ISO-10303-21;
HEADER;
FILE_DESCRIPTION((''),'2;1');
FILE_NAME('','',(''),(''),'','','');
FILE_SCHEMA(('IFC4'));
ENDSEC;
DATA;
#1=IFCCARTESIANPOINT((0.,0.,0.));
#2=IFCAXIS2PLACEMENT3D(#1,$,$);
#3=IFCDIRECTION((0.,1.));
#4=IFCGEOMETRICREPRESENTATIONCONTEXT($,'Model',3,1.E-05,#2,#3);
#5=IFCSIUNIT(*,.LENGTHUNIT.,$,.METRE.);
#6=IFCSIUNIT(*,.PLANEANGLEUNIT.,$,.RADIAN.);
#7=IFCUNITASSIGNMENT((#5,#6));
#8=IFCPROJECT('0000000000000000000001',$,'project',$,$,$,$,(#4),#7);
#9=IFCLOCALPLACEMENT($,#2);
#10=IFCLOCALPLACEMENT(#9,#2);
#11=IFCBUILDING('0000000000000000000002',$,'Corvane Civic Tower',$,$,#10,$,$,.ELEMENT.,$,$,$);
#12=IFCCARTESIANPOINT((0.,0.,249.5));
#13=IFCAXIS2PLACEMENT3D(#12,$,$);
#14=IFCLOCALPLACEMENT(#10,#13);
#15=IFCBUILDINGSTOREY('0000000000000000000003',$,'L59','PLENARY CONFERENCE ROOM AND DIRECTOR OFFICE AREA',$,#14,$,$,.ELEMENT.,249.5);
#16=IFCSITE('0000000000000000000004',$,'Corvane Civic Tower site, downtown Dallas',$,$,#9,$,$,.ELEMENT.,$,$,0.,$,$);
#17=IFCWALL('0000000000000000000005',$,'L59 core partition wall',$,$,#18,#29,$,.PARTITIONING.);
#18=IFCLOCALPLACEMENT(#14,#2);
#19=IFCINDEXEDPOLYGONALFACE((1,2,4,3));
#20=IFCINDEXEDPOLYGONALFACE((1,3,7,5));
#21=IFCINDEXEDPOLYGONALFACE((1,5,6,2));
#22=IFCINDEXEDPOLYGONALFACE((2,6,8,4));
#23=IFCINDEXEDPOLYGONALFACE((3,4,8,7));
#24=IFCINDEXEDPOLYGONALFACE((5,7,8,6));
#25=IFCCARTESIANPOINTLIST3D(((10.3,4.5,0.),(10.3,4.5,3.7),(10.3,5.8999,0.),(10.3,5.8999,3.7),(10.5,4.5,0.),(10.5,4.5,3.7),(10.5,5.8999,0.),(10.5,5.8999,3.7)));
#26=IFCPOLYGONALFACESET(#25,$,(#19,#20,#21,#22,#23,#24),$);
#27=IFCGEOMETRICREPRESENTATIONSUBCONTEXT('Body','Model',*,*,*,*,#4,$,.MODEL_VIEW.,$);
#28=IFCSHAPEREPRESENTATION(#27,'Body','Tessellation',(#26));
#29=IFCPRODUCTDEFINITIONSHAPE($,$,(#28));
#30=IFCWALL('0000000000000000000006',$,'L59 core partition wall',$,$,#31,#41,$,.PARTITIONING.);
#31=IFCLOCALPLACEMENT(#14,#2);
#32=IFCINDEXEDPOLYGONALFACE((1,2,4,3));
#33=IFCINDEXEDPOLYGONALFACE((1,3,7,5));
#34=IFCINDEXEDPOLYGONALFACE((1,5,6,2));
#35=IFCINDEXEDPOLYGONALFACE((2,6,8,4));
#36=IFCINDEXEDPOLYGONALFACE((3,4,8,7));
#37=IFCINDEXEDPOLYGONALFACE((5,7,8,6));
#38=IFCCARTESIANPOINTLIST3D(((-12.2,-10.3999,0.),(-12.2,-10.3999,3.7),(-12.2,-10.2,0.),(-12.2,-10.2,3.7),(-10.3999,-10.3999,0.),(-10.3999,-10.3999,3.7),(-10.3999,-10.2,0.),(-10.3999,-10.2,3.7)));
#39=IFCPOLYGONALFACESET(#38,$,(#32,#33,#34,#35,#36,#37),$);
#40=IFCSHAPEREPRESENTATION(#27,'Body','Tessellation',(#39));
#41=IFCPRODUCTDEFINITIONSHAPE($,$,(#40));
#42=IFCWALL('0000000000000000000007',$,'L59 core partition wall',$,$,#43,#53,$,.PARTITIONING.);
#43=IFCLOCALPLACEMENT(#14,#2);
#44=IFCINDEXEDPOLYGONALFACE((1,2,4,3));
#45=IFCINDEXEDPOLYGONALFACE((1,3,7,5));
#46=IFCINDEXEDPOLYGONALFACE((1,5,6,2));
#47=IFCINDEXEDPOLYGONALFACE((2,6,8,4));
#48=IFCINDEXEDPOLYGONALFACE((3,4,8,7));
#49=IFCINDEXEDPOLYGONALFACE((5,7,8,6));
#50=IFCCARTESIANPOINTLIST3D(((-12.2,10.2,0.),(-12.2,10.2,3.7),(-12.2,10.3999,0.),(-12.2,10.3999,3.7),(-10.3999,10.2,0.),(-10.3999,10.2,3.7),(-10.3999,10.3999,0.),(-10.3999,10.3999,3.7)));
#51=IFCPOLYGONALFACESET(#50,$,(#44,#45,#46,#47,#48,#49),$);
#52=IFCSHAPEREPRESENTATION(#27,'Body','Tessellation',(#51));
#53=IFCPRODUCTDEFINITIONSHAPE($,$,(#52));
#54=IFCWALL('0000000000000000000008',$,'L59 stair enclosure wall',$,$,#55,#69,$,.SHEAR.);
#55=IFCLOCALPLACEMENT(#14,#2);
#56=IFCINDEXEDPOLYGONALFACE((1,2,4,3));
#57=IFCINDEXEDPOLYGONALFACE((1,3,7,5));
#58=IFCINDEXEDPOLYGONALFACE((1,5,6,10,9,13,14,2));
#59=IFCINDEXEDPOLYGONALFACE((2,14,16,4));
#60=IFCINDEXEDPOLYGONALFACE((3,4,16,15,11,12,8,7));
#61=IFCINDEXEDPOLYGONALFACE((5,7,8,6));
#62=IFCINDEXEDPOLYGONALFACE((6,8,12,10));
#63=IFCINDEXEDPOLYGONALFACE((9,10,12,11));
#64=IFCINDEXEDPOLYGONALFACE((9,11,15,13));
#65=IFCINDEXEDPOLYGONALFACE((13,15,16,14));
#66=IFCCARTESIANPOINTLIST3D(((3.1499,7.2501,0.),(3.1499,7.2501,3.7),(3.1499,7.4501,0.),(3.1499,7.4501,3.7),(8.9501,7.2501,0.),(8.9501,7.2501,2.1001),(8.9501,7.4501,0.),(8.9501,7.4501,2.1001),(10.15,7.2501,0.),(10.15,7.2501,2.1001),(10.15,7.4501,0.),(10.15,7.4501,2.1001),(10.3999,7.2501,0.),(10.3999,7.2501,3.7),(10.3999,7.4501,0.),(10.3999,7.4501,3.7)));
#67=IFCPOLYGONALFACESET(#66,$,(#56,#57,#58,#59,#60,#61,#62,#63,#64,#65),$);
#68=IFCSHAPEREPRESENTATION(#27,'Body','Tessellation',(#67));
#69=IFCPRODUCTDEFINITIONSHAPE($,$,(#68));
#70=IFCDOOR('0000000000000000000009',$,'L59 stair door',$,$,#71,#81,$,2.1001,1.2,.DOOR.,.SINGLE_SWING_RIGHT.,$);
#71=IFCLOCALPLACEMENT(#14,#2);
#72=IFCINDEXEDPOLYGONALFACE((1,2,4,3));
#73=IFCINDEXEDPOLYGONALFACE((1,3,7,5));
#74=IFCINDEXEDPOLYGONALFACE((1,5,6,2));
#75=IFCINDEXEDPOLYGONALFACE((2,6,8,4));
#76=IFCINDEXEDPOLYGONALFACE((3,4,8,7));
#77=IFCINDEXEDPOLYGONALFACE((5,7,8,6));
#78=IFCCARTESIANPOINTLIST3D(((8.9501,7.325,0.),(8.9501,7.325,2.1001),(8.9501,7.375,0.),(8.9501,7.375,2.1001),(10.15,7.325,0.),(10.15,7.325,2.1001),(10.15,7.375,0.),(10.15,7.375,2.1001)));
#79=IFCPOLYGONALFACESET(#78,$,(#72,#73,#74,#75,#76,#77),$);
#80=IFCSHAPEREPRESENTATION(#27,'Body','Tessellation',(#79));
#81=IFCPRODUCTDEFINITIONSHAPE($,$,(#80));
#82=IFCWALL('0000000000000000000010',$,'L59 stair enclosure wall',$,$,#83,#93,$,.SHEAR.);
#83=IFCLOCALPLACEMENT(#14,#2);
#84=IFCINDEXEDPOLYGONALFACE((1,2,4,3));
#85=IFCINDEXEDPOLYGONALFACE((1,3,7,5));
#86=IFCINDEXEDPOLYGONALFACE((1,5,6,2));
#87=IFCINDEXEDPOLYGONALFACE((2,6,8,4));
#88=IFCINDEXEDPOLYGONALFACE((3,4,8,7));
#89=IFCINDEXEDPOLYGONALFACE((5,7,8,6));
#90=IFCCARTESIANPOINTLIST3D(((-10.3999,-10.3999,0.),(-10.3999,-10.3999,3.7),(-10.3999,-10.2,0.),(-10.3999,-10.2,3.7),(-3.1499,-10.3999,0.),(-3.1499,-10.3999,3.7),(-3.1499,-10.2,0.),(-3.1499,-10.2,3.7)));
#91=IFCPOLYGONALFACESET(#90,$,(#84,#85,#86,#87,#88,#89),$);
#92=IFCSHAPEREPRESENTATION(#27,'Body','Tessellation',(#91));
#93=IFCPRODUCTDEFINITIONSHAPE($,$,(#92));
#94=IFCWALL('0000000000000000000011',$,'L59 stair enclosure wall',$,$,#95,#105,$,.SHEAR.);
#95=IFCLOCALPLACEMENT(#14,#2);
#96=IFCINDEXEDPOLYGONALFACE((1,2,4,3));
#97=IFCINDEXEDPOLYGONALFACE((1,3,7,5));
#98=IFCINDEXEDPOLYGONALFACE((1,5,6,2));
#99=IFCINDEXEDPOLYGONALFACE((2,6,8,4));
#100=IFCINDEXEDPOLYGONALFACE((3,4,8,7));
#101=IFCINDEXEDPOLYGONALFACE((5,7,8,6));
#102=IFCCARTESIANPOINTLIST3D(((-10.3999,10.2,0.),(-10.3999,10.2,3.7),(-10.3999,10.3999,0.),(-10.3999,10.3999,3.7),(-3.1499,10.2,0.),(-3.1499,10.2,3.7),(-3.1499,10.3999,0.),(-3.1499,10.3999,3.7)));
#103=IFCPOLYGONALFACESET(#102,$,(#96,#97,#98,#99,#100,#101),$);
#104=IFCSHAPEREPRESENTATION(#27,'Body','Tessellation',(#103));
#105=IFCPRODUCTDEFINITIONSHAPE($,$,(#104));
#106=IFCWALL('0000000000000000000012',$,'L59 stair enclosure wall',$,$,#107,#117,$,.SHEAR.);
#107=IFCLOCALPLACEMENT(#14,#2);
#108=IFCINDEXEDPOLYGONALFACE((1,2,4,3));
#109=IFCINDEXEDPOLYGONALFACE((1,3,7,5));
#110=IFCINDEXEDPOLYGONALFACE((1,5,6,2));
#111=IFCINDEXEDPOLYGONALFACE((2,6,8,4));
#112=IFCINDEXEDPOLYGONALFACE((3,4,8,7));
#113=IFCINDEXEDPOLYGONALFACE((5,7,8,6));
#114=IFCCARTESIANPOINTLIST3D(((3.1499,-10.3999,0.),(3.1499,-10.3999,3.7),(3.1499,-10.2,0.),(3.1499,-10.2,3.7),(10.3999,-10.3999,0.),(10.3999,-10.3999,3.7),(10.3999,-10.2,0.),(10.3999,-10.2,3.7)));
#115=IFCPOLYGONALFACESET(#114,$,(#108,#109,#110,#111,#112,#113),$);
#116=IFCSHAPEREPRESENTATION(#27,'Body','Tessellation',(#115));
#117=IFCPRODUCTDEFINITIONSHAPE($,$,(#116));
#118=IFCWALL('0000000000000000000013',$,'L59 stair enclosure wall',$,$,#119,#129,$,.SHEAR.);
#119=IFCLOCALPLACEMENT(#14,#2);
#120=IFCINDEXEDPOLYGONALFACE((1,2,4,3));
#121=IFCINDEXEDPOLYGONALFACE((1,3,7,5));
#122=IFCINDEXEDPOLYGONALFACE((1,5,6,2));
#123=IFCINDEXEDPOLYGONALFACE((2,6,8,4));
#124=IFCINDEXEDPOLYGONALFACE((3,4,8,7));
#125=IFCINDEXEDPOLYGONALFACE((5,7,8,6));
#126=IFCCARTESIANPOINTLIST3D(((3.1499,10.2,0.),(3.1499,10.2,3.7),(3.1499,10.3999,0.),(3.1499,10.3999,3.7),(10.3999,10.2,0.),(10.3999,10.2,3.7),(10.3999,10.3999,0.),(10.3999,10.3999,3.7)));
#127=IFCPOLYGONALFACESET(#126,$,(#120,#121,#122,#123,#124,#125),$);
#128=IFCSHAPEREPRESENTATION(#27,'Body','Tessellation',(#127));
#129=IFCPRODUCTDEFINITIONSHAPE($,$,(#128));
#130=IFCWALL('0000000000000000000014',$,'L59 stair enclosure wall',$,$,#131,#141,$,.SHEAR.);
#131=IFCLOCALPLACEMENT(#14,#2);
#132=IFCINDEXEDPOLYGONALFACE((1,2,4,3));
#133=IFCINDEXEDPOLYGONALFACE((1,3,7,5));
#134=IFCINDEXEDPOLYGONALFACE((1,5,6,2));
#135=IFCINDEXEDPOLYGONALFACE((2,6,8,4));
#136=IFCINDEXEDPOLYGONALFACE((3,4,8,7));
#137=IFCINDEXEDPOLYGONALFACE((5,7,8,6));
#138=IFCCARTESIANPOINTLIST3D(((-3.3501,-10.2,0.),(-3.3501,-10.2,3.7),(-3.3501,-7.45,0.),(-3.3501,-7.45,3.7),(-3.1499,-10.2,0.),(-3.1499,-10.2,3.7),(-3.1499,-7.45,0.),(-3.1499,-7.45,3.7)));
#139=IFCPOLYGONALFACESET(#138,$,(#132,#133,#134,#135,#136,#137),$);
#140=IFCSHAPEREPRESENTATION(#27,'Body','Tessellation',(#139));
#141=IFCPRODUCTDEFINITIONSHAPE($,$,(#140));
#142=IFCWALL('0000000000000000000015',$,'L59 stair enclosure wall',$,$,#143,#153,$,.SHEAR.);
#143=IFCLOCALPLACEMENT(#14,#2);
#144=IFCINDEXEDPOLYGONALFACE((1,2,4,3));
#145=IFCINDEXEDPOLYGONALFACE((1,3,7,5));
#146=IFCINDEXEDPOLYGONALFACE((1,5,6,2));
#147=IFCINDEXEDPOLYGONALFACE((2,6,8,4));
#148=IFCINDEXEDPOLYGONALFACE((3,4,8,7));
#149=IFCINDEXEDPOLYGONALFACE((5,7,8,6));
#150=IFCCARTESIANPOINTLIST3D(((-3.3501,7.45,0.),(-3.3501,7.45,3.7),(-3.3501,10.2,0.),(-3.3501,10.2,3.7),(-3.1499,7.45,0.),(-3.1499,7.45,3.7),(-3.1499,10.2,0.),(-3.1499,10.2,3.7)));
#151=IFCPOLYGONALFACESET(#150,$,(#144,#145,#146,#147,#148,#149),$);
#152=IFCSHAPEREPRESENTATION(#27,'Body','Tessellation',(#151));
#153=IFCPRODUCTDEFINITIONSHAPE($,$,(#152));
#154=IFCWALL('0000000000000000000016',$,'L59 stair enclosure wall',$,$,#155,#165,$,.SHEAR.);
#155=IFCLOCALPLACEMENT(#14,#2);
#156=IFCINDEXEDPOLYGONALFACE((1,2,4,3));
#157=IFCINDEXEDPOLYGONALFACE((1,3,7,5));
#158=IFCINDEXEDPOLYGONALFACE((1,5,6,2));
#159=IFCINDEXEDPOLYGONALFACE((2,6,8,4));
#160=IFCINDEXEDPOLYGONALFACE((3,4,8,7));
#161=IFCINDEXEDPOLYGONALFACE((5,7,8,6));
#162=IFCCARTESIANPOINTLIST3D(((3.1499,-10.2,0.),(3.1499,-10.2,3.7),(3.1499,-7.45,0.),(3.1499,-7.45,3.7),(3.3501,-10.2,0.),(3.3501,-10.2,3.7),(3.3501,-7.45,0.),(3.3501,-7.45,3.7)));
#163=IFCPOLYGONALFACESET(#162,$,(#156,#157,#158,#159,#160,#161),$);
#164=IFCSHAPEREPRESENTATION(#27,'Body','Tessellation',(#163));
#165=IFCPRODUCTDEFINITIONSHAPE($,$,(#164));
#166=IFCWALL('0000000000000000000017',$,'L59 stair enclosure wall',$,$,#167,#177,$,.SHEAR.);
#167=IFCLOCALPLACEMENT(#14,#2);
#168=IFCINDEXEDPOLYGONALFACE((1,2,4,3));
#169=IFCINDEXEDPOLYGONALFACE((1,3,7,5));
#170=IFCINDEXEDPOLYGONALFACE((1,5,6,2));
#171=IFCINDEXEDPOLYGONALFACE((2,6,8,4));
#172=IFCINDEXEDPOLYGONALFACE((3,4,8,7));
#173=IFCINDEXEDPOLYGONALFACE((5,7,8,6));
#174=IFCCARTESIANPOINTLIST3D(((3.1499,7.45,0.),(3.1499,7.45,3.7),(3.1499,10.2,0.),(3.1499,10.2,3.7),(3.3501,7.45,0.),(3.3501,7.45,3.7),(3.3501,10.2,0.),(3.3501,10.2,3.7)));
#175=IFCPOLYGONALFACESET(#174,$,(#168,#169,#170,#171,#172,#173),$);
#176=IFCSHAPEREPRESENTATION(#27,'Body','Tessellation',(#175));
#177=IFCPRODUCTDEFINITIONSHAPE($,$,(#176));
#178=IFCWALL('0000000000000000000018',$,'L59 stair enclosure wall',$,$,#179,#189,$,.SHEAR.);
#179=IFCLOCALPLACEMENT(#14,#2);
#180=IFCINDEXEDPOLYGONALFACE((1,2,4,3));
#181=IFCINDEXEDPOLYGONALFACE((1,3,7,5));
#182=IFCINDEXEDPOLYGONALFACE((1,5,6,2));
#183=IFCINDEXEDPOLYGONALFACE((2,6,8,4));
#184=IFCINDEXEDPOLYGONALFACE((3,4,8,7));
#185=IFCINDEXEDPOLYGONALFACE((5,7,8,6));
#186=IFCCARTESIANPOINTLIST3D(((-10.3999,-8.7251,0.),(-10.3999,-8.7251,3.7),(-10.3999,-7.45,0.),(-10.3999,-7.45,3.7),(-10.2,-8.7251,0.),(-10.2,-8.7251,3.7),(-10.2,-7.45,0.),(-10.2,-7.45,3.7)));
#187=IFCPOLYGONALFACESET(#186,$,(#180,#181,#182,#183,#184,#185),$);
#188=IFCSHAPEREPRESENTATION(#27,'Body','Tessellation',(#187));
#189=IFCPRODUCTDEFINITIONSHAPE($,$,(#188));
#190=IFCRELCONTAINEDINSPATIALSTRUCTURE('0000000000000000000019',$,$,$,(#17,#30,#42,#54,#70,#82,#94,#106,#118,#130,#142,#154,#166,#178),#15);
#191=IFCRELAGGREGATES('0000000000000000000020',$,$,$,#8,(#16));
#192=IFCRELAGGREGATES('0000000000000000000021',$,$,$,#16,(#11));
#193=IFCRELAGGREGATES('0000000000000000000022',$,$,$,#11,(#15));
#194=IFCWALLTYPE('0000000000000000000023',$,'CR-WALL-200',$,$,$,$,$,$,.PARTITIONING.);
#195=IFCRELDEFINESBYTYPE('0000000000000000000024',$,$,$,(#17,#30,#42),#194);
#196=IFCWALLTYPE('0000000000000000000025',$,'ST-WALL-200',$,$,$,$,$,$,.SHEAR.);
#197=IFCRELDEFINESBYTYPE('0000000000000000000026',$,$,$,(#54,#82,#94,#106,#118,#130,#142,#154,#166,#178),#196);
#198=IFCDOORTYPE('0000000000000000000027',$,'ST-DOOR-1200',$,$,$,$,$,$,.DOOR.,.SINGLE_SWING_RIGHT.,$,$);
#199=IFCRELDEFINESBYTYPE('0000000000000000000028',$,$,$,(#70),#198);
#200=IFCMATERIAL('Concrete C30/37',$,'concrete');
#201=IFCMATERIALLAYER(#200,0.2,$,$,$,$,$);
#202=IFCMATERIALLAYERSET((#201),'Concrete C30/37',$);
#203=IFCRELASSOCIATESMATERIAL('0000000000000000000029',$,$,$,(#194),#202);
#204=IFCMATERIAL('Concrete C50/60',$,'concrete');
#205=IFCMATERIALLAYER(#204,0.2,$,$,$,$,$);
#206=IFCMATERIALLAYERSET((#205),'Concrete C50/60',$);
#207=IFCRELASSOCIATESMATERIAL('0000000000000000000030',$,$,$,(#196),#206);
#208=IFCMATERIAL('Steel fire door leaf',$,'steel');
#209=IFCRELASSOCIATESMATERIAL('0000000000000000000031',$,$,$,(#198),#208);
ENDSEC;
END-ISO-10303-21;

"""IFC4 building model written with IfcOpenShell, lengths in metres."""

from ifc_helpers import new_model, si_unit, direction, frame, frame_2d, origin, place, context, subcontext, project, spatial, polyline, rectangle, outline, extrude, material, layer, layer_set, type_object, element, fill, save


model = new_model("IFC4")

# Units and contexts
model_context = context("Model", 3, precision=1e-05, world=origin(), true_north=direction((0.0, 1.0)))
body_context = subcontext(model_context, "Body", "Model", "MODEL_VIEW")
ifc_project = project(units=[si_unit("LENGTHUNIT", "METRE"), si_unit("PLANEANGLEUNIT", "RADIAN")], contexts=[model_context])

# Site, building, storey
site_placement = place(None, origin())
site = spatial("IfcSite", under=ifc_project, at=site_placement, Name="Corvane Civic Tower site, downtown Dallas", CompositionType="ELEMENT", RefElevation=0.0)
building_placement = place(site_placement, origin())
building = spatial("IfcBuilding", under=site, at=building_placement, Name="Corvane Civic Tower", CompositionType="ELEMENT")
storey_placement = place(building_placement, frame((0.0, 0.0, 249.5)))
storey = spatial("IfcBuildingStorey", under=building, at=storey_placement, Name="L59", Description="PLENARY CONFERENCE ROOM AND DIRECTOR OFFICE AREA", CompositionType="ELEMENT", Elevation=249.5)

# Walls
ifc_material_1 = material(Name="Concrete C30/37", Category="concrete")
ifc_layer_1 = layer(ifc_material_1, 0.2)
ifc_layer_set_1 = layer_set([ifc_layer_1], Name="Concrete C30/37")
wall_type_1 = type_object("IfcWallType", Name="CR-WALL-200", PredefinedType="PARTITIONING", material=ifc_layer_set_1)
wall_1_placement = place(storey_placement, origin())
element("IfcWall", 1, at=wall_1_placement, inside=storey, type_object=wall_type_1, Name="L59 core partition wall", PredefinedType="PARTITIONING", context=body_context, shape_type="SweptSolid", body=[
    extrude(outline(polyline([(10.5, 4.5), (10.3, 4.5), (10.3, 5.8999), (10.5, 5.8999), (10.5, 4.5)])), origin(), (0.0, 0.0, 1.0), 3.7),
])
wall_2_placement = place(storey_placement, origin())
element("IfcWall", 2, at=wall_2_placement, inside=storey, type_object=wall_type_1, Name="L59 core partition wall", PredefinedType="PARTITIONING", context=body_context, shape_type="SweptSolid", body=[
    extrude(outline(polyline([(-10.3999, -10.3999), (-12.2, -10.3999), (-12.2, -10.2), (-10.3999, -10.2), (-10.3999, -10.3999)])), origin(), (0.0, 0.0, 1.0), 3.7),
])
wall_3_placement = place(storey_placement, origin())
element("IfcWall", 3, at=wall_3_placement, inside=storey, type_object=wall_type_1, Name="L59 core partition wall", PredefinedType="PARTITIONING", context=body_context, shape_type="SweptSolid", body=[
    extrude(outline(polyline([(-12.2, 10.2), (-12.2, 10.3999), (-10.3999, 10.3999), (-10.3999, 10.2), (-12.2, 10.2)])), origin(), (0.0, 0.0, 1.0), 3.7),
])

# Wall, opening, door
ifc_material_2 = material(Name="Concrete C50/60", Category="concrete")
ifc_layer_2 = layer(ifc_material_2, 0.2)
ifc_layer_set_2 = layer_set([ifc_layer_2], Name="Concrete C50/60")
wall_type_2 = type_object("IfcWallType", Name="ST-WALL-200", PredefinedType="SHEAR", material=ifc_layer_set_2)
wall_4_placement = place(storey_placement, frame((3.1499, 7.3501, 0.0), z_axis=(0.0, 0.0, 1.0), x_axis=(1.0, 0.0, 0.0)))
wall_4 = element("IfcWall", 4, at=wall_4_placement, inside=storey, type_object=wall_type_2, Name="L59 stair enclosure wall", PredefinedType="SHEAR", context=body_context, shape_type="SweptSolid", body=[
    extrude(rectangle(XDim=7.25, YDim=0.2, at=frame_2d((3.625, 0.0))), origin(), (0.0, 0.0, 1.0), 3.7),
])
opening_placement = place(wall_4_placement, frame((5.8, 0.0, 0.0)))
opening = element("IfcOpeningElement", 5, at=opening_placement, cuts=wall_4, PredefinedType="OPENING", context=body_context, shape_type="SweptSolid", body=[
    extrude(rectangle(XDim=1.2, YDim=2.1001, at=frame_2d((0.6001, 1.05))), frame((0.0, 0.1099, 0.0), z_axis=(0.0, -1.0, 0.0), x_axis=(1.0, 0.0, 0.0)), (0.0, 0.0, 1.0), 0.22),
])
ifc_material_3 = material(Name="Steel fire door leaf", Category="steel")
door_type = type_object("IfcDoorType", Name="ST-DOOR-1200", OperationType="SINGLE_SWING_RIGHT", PredefinedType="DOOR", material=ifc_material_3)
door_placement = place(opening_placement, origin())
door = element("IfcDoor", 6, at=door_placement, inside=storey, type_object=door_type, Name="L59 stair door", OperationType="SINGLE_SWING_RIGHT", OverallHeight=2.1001, OverallWidth=1.2, PredefinedType="DOOR", context=body_context, shape_type="SweptSolid", body=[
    extrude(rectangle(XDim=1.2, YDim=2.1001, at=frame_2d((0.6001, 1.05))), frame((0.0, 0.0249, 0.0), z_axis=(0.0, -1.0, 0.0), x_axis=(1.0, 0.0, 0.0)), (0.0, 0.0, 1.0), 0.05),
])
fill(opening, door)

# Walls
wall_5_placement = place(storey_placement, origin())
element("IfcWall", 7, at=wall_5_placement, inside=storey, type_object=wall_type_2, Name="L59 stair enclosure wall", PredefinedType="SHEAR", context=body_context, shape_type="SweptSolid", body=[
    extrude(outline(polyline([(-3.1499, -10.2), (-3.1499, -10.3999), (-10.3999, -10.3999), (-10.3999, -10.2), (-3.1499, -10.2)])), origin(), (0.0, 0.0, 1.0), 3.7),
])
wall_6_placement = place(storey_placement, origin())
element("IfcWall", 8, at=wall_6_placement, inside=storey, type_object=wall_type_2, Name="L59 stair enclosure wall", PredefinedType="SHEAR", context=body_context, shape_type="SweptSolid", body=[
    extrude(outline(polyline([(-3.1499, 10.2), (-10.3999, 10.2), (-10.3999, 10.3999), (-3.1499, 10.3999), (-3.1499, 10.2)])), origin(), (0.0, 0.0, 1.0), 3.7),
])
wall_7_placement = place(storey_placement, origin())
element("IfcWall", 9, at=wall_7_placement, inside=storey, type_object=wall_type_2, Name="L59 stair enclosure wall", PredefinedType="SHEAR", context=body_context, shape_type="SweptSolid", body=[
    extrude(outline(polyline([(10.3999, -10.3999), (3.1499, -10.3999), (3.1499, -10.2), (10.3999, -10.2), (10.3999, -10.3999)])), origin(), (0.0, 0.0, 1.0), 3.7),
])
wall_8_placement = place(storey_placement, origin())
element("IfcWall", 10, at=wall_8_placement, inside=storey, type_object=wall_type_2, Name="L59 stair enclosure wall", PredefinedType="SHEAR", context=body_context, shape_type="SweptSolid", body=[
    extrude(outline(polyline([(10.3999, 10.2), (3.1499, 10.2), (3.1499, 10.3999), (10.3999, 10.3999), (10.3999, 10.2)])), origin(), (0.0, 0.0, 1.0), 3.7),
])
wall_9_placement = place(storey_placement, origin())
element("IfcWall", 11, at=wall_9_placement, inside=storey, type_object=wall_type_2, Name="L59 stair enclosure wall", PredefinedType="SHEAR", context=body_context, shape_type="SweptSolid", body=[
    extrude(outline(polyline([(-3.1499, -7.45), (-3.1499, -10.2), (-3.3501, -10.2), (-3.3501, -7.45), (-3.1499, -7.45)])), origin(), (0.0, 0.0, 1.0), 3.7),
])
wall_10_placement = place(storey_placement, origin())
element("IfcWall", 12, at=wall_10_placement, inside=storey, type_object=wall_type_2, Name="L59 stair enclosure wall", PredefinedType="SHEAR", context=body_context, shape_type="SweptSolid", body=[
    extrude(outline(polyline([(-3.1499, 7.45), (-3.3501, 7.45), (-3.3501, 10.2), (-3.1499, 10.2), (-3.1499, 7.45)])), origin(), (0.0, 0.0, 1.0), 3.7),
])
wall_11_placement = place(storey_placement, origin())
element("IfcWall", 13, at=wall_11_placement, inside=storey, type_object=wall_type_2, Name="L59 stair enclosure wall", PredefinedType="SHEAR", context=body_context, shape_type="SweptSolid", body=[
    extrude(outline(polyline([(3.3501, -7.45), (3.3501, -10.2), (3.1499, -10.2), (3.1499, -7.45), (3.3501, -7.45)])), origin(), (0.0, 0.0, 1.0), 3.7),
])
wall_12_placement = place(storey_placement, origin())
element("IfcWall", 14, at=wall_12_placement, inside=storey, type_object=wall_type_2, Name="L59 stair enclosure wall", PredefinedType="SHEAR", context=body_context, shape_type="SweptSolid", body=[
    extrude(outline(polyline([(3.3501, 7.45), (3.1499, 7.45), (3.1499, 10.2), (3.3501, 10.2), (3.3501, 7.45)])), origin(), (0.0, 0.0, 1.0), 3.7),
])
wall_13_placement = place(storey_placement, origin())
element("IfcWall", 15, at=wall_13_placement, inside=storey, type_object=wall_type_2, Name="L59 stair enclosure wall", PredefinedType="SHEAR", context=body_context, shape_type="SweptSolid", body=[
    extrude(outline(polyline([(-10.2, -7.45), (-10.2, -8.7251), (-10.3999, -8.7251), (-10.3999, -7.45), (-10.2, -7.45)])), origin(), (0.0, 0.0, 1.0), 3.7),
])

save(model, "model.ifc")
